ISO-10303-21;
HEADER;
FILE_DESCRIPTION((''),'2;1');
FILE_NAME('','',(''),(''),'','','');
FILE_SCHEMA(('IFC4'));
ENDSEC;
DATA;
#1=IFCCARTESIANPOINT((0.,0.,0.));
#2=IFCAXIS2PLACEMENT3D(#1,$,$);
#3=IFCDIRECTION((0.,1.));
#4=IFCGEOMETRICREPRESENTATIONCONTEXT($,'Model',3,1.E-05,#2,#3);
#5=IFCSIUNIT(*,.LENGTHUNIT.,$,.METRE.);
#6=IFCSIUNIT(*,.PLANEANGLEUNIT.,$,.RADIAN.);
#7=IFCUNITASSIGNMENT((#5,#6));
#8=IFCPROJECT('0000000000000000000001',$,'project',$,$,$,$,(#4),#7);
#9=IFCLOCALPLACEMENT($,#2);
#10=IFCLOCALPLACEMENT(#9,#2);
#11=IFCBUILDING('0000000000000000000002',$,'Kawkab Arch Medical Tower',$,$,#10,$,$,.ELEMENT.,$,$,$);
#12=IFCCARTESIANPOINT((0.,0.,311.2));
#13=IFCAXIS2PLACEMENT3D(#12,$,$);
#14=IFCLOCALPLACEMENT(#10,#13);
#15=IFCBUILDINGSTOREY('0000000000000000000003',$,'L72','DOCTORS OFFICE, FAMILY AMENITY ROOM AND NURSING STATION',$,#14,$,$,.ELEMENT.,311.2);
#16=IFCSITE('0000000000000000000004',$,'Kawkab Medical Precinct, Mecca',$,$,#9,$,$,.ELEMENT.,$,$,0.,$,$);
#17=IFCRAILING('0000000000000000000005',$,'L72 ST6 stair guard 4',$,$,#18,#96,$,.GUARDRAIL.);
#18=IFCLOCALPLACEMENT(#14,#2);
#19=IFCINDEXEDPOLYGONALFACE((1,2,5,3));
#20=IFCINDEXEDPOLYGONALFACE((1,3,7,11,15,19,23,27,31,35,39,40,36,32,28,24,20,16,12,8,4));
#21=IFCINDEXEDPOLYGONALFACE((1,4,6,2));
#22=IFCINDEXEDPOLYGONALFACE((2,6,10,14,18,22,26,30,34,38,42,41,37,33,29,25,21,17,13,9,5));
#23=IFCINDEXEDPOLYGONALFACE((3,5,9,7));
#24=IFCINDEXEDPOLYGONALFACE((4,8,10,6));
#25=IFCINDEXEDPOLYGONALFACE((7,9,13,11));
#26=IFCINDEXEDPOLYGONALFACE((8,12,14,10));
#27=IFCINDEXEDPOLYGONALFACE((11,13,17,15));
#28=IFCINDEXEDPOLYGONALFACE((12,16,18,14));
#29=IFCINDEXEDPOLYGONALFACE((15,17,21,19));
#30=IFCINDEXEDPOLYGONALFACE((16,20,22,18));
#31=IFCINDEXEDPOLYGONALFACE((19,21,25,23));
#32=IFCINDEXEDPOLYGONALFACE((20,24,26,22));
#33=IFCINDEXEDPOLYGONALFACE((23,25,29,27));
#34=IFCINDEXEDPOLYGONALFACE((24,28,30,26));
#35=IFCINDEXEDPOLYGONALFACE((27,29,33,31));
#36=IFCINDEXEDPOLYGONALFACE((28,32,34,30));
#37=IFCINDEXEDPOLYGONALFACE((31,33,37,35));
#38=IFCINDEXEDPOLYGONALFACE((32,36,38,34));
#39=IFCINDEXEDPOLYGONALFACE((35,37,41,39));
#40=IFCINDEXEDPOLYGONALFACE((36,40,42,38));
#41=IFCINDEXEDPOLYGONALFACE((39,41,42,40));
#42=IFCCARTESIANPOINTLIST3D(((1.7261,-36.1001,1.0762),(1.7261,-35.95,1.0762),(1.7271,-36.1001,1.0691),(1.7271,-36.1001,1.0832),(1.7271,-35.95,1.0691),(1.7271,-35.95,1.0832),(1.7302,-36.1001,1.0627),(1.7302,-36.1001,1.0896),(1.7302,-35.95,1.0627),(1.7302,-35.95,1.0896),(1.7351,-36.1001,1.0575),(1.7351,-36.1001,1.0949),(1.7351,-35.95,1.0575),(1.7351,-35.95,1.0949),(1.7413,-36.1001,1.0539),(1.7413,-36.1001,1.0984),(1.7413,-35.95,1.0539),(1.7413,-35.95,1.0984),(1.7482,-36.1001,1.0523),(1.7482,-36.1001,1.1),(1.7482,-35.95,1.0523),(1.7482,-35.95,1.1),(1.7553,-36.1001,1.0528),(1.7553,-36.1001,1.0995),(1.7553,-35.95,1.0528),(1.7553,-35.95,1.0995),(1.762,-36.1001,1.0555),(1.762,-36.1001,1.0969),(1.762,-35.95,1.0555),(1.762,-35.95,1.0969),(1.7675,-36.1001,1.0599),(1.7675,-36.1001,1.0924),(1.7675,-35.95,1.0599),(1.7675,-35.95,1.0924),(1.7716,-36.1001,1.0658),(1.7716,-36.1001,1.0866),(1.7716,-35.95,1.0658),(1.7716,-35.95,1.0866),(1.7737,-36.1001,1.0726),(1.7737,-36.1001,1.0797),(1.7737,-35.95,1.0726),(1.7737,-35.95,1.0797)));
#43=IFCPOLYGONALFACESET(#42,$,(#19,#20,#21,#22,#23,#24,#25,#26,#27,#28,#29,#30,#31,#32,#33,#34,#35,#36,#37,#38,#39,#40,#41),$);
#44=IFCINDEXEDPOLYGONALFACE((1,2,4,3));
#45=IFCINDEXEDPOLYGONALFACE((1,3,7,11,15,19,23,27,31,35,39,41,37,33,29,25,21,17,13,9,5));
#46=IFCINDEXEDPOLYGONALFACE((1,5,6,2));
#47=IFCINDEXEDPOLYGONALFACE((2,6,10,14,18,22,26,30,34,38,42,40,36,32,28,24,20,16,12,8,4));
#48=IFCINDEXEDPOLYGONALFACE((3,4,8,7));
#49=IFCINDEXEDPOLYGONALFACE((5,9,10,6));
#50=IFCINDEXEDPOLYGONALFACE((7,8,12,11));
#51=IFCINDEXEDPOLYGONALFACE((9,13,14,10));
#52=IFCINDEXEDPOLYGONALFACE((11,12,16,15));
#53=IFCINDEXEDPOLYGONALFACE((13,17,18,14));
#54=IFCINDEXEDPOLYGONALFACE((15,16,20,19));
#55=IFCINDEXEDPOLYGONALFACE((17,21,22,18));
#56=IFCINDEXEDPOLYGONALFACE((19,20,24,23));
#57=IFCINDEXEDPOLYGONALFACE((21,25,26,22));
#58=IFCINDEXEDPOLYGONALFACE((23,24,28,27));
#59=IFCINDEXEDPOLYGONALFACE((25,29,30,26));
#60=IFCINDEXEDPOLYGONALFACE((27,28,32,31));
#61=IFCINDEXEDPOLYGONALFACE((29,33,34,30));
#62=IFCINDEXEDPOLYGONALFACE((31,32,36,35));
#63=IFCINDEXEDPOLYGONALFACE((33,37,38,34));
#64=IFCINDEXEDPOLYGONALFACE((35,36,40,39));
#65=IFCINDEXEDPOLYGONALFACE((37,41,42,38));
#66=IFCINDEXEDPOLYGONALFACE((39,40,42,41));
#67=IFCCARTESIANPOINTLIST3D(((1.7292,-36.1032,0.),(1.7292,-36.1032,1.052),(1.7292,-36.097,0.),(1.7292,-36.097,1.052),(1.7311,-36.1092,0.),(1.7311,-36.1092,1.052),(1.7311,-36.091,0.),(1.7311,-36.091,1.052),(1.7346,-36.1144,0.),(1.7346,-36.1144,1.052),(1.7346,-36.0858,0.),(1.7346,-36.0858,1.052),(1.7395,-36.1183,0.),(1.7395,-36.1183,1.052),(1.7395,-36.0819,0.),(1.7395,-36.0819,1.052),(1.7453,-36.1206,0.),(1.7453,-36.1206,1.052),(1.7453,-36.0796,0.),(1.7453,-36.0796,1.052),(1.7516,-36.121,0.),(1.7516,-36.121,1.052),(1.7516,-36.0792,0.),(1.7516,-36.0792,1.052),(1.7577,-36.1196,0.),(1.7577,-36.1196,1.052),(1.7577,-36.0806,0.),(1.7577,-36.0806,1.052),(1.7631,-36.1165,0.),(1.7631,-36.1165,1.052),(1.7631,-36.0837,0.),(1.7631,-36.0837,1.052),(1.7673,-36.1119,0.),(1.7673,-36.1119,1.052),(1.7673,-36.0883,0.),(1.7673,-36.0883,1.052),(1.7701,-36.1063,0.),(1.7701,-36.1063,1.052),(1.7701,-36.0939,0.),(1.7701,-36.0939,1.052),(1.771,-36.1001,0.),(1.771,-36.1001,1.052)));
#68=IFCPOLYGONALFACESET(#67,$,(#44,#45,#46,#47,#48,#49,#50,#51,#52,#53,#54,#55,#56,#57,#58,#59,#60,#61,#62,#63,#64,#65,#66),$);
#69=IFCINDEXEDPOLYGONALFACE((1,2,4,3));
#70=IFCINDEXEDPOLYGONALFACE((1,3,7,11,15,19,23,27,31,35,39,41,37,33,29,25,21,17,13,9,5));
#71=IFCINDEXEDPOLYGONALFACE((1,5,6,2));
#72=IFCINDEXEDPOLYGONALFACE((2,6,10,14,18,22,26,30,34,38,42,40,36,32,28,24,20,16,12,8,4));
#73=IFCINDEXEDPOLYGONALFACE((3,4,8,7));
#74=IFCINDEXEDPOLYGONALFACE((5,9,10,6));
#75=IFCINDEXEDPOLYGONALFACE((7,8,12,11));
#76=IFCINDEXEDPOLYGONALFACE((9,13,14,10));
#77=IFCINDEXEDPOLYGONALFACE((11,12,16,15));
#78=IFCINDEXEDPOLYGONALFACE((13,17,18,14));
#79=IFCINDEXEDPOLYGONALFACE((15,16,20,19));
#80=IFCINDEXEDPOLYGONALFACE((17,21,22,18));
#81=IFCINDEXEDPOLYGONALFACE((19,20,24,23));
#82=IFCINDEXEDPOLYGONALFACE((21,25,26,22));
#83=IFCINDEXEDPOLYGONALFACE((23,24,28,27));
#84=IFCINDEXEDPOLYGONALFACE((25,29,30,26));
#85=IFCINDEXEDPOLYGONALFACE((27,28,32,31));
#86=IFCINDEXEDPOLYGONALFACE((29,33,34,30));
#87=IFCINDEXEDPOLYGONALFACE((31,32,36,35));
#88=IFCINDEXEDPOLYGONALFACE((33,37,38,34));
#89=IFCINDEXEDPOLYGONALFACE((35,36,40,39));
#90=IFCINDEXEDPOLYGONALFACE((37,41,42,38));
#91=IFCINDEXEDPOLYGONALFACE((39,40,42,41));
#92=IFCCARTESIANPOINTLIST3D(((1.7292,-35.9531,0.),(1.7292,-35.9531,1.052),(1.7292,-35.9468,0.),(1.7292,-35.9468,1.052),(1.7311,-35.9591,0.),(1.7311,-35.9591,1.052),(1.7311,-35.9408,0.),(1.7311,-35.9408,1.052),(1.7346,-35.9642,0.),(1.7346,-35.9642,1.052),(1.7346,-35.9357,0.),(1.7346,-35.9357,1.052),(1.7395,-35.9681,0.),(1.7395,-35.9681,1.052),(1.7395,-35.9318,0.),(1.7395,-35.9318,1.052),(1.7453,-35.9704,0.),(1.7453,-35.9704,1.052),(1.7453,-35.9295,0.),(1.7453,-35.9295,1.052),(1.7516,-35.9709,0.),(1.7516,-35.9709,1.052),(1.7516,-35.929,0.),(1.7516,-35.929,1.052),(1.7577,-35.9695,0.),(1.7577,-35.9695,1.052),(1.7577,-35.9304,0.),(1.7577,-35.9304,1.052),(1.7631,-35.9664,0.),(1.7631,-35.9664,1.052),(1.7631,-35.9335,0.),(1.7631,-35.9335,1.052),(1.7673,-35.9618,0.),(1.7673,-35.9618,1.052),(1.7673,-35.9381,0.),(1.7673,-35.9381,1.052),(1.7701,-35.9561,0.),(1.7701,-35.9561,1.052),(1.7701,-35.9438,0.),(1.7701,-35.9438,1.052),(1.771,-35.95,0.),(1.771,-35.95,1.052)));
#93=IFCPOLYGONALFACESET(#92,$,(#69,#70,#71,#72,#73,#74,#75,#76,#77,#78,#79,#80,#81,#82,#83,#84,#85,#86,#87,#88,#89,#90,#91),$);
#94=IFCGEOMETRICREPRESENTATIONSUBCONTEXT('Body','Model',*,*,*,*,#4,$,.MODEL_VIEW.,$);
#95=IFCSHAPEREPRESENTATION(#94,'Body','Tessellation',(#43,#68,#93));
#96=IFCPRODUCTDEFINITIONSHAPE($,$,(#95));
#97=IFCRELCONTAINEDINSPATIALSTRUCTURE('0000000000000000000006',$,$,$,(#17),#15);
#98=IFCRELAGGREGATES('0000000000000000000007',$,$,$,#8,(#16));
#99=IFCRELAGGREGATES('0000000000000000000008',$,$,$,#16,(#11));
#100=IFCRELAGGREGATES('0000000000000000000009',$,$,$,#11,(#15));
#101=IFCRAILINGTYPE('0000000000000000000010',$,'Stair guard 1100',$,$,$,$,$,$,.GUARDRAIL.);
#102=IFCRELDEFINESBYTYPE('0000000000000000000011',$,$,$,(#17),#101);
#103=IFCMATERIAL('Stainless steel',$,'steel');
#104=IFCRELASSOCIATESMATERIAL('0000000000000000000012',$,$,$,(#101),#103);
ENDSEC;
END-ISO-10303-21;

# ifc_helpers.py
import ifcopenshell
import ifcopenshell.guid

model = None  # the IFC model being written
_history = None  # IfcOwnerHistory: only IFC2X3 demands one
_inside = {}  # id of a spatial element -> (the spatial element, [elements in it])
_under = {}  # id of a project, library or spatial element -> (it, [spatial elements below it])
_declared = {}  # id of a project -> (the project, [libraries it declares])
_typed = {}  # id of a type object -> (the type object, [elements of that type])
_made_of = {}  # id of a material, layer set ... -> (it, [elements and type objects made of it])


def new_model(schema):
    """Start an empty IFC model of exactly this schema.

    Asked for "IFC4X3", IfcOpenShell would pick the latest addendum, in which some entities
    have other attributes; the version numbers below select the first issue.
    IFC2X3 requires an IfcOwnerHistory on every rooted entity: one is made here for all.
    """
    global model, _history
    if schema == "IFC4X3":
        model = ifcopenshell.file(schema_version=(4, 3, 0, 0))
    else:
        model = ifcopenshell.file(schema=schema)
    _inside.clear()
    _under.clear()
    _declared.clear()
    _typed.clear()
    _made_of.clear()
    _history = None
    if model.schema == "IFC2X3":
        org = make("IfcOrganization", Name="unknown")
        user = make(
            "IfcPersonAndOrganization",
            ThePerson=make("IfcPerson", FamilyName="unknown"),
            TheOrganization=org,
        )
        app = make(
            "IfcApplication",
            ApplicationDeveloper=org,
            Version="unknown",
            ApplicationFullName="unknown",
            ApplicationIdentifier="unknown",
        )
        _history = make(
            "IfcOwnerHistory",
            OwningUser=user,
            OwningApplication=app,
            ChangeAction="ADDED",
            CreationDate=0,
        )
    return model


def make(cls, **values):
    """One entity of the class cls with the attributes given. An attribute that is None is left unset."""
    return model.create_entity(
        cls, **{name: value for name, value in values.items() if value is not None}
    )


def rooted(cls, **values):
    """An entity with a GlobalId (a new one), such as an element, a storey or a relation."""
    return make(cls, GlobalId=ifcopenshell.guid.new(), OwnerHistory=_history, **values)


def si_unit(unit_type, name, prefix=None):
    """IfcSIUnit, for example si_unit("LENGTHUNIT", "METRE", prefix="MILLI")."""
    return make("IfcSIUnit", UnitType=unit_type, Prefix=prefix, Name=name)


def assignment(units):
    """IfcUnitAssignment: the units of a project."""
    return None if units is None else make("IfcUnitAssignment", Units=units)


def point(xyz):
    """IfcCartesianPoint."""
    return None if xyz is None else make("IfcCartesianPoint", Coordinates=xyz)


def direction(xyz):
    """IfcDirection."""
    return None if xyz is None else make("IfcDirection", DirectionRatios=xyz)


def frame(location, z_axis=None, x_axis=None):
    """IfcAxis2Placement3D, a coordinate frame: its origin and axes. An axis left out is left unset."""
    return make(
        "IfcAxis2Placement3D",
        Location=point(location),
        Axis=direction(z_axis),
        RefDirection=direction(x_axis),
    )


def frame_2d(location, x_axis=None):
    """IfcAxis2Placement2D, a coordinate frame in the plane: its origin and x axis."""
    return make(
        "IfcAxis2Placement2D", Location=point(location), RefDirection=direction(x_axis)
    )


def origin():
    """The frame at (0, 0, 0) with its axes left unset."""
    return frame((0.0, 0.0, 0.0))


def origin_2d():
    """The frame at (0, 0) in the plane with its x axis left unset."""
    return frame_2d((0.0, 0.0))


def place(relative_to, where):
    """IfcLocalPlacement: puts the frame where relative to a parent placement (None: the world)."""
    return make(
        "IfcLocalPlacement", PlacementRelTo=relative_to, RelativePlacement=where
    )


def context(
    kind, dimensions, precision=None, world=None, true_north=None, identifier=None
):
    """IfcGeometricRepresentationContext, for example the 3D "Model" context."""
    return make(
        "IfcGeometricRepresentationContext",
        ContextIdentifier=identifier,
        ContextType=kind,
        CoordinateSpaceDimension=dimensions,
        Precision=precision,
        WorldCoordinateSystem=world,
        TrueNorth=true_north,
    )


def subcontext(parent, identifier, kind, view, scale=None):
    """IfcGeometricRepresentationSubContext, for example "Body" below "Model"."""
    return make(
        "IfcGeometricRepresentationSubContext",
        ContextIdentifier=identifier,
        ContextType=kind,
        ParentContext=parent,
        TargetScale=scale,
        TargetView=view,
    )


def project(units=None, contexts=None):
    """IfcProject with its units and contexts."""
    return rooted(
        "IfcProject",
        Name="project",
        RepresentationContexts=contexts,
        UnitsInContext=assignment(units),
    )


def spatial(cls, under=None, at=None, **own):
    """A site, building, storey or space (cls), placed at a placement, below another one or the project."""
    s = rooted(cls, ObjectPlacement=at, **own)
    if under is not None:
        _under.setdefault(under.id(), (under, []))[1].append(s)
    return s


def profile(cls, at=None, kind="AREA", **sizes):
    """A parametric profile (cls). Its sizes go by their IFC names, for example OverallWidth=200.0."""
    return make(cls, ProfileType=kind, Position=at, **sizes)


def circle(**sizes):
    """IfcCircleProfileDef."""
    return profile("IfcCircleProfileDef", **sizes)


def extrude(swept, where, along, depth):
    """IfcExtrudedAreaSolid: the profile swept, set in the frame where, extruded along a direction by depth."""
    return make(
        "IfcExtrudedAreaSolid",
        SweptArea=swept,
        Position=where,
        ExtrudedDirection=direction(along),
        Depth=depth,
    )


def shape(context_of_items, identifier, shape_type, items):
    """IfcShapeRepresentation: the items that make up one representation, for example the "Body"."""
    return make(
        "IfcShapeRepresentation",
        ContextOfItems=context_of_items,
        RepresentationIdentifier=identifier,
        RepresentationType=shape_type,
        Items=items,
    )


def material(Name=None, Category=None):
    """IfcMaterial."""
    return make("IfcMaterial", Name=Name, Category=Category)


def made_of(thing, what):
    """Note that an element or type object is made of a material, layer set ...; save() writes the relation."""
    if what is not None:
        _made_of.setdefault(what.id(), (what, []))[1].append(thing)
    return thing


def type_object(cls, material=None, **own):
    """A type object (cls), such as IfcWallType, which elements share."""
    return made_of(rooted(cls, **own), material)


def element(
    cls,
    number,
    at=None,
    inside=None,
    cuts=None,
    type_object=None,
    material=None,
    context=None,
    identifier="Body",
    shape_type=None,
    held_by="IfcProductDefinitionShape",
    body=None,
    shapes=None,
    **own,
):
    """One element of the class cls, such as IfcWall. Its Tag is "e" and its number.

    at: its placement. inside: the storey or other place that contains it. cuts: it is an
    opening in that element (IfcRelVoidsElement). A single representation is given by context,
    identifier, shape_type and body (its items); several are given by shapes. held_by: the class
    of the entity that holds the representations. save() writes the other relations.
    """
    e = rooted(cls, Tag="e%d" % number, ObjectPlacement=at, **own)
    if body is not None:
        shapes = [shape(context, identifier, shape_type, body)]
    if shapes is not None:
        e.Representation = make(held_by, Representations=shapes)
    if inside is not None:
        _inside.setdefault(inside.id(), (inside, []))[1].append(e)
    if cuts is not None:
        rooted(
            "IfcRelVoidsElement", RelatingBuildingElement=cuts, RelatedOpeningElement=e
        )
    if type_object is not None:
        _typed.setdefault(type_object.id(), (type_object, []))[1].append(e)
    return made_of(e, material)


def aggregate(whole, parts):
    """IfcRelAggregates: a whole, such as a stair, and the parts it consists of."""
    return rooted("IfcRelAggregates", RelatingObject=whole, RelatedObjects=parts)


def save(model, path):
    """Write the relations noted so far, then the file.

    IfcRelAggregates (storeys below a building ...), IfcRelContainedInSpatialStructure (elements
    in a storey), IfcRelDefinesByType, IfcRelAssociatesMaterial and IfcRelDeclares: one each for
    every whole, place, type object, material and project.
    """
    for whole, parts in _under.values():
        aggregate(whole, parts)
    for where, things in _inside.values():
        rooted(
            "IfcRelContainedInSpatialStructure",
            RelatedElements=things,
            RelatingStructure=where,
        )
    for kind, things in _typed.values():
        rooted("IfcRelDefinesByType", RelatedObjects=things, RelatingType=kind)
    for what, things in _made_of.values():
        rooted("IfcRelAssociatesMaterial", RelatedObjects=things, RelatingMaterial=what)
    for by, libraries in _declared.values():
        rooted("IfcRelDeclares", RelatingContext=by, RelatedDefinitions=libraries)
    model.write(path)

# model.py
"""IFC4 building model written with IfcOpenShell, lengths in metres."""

from ifc_helpers import new_model, si_unit, direction, frame, origin, origin_2d, place, context, subcontext, project, spatial, circle, extrude, material, type_object, element, save


model = new_model("IFC4")

# Units and contexts
model_context = context("Model", 3, precision=1e-05, world=origin(), true_north=direction((0.0, 1.0)))
body_context = subcontext(model_context, "Body", "Model", "MODEL_VIEW")
ifc_project = project(units=[si_unit("LENGTHUNIT", "METRE"), si_unit("PLANEANGLEUNIT", "RADIAN")], contexts=[model_context])

# Site, building, storey
site_placement = place(None, origin())
site = spatial("IfcSite", under=ifc_project, at=site_placement, Name="Kawkab Medical Precinct, Mecca", CompositionType="ELEMENT", RefElevation=0.0)
building_placement = place(site_placement, origin())
building = spatial("IfcBuilding", under=site, at=building_placement, Name="Kawkab Arch Medical Tower", CompositionType="ELEMENT")
storey_placement = place(building_placement, frame((0.0, 0.0, 311.2)))
storey = spatial("IfcBuildingStorey", under=building, at=storey_placement, Name="L72", Description="DOCTORS OFFICE, FAMILY AMENITY ROOM AND NURSING STATION", CompositionType="ELEMENT", Elevation=311.2)

# Railing
ifc_material_1 = material(Name="Stainless steel", Category="steel")
railing_type_1 = type_object("IfcRailingType", Name="Stair guard 1100", PredefinedType="GUARDRAIL", material=ifc_material_1)
railing_1_placement = place(storey_placement, frame((1.75, -36.1001, 0.0)))
element("IfcRailing", 1, at=railing_1_placement, inside=storey, type_object=railing_type_1, Name="L72 ST6 stair guard 4", PredefinedType="GUARDRAIL", context=body_context, shape_type="SweptSolid", body=[
    extrude(circle(Radius=0.0239, at=origin_2d()), frame((0.0, 0.0, 1.0762), z_axis=(0.0, 1.0, 0.0), x_axis=(-1.0, 0.0, 0.0)), (0.0, 0.0, 1.0), 0.1501),
    extrude(circle(Radius=0.021, at=origin_2d()), origin(), (0.0, 0.0, 1.0), 1.052),
    extrude(circle(Radius=0.021, at=origin_2d()), frame((0.0, 0.1501, 0.0)), (0.0, 0.0, 1.0), 1.052),
])

save(model, "model.ifc")
